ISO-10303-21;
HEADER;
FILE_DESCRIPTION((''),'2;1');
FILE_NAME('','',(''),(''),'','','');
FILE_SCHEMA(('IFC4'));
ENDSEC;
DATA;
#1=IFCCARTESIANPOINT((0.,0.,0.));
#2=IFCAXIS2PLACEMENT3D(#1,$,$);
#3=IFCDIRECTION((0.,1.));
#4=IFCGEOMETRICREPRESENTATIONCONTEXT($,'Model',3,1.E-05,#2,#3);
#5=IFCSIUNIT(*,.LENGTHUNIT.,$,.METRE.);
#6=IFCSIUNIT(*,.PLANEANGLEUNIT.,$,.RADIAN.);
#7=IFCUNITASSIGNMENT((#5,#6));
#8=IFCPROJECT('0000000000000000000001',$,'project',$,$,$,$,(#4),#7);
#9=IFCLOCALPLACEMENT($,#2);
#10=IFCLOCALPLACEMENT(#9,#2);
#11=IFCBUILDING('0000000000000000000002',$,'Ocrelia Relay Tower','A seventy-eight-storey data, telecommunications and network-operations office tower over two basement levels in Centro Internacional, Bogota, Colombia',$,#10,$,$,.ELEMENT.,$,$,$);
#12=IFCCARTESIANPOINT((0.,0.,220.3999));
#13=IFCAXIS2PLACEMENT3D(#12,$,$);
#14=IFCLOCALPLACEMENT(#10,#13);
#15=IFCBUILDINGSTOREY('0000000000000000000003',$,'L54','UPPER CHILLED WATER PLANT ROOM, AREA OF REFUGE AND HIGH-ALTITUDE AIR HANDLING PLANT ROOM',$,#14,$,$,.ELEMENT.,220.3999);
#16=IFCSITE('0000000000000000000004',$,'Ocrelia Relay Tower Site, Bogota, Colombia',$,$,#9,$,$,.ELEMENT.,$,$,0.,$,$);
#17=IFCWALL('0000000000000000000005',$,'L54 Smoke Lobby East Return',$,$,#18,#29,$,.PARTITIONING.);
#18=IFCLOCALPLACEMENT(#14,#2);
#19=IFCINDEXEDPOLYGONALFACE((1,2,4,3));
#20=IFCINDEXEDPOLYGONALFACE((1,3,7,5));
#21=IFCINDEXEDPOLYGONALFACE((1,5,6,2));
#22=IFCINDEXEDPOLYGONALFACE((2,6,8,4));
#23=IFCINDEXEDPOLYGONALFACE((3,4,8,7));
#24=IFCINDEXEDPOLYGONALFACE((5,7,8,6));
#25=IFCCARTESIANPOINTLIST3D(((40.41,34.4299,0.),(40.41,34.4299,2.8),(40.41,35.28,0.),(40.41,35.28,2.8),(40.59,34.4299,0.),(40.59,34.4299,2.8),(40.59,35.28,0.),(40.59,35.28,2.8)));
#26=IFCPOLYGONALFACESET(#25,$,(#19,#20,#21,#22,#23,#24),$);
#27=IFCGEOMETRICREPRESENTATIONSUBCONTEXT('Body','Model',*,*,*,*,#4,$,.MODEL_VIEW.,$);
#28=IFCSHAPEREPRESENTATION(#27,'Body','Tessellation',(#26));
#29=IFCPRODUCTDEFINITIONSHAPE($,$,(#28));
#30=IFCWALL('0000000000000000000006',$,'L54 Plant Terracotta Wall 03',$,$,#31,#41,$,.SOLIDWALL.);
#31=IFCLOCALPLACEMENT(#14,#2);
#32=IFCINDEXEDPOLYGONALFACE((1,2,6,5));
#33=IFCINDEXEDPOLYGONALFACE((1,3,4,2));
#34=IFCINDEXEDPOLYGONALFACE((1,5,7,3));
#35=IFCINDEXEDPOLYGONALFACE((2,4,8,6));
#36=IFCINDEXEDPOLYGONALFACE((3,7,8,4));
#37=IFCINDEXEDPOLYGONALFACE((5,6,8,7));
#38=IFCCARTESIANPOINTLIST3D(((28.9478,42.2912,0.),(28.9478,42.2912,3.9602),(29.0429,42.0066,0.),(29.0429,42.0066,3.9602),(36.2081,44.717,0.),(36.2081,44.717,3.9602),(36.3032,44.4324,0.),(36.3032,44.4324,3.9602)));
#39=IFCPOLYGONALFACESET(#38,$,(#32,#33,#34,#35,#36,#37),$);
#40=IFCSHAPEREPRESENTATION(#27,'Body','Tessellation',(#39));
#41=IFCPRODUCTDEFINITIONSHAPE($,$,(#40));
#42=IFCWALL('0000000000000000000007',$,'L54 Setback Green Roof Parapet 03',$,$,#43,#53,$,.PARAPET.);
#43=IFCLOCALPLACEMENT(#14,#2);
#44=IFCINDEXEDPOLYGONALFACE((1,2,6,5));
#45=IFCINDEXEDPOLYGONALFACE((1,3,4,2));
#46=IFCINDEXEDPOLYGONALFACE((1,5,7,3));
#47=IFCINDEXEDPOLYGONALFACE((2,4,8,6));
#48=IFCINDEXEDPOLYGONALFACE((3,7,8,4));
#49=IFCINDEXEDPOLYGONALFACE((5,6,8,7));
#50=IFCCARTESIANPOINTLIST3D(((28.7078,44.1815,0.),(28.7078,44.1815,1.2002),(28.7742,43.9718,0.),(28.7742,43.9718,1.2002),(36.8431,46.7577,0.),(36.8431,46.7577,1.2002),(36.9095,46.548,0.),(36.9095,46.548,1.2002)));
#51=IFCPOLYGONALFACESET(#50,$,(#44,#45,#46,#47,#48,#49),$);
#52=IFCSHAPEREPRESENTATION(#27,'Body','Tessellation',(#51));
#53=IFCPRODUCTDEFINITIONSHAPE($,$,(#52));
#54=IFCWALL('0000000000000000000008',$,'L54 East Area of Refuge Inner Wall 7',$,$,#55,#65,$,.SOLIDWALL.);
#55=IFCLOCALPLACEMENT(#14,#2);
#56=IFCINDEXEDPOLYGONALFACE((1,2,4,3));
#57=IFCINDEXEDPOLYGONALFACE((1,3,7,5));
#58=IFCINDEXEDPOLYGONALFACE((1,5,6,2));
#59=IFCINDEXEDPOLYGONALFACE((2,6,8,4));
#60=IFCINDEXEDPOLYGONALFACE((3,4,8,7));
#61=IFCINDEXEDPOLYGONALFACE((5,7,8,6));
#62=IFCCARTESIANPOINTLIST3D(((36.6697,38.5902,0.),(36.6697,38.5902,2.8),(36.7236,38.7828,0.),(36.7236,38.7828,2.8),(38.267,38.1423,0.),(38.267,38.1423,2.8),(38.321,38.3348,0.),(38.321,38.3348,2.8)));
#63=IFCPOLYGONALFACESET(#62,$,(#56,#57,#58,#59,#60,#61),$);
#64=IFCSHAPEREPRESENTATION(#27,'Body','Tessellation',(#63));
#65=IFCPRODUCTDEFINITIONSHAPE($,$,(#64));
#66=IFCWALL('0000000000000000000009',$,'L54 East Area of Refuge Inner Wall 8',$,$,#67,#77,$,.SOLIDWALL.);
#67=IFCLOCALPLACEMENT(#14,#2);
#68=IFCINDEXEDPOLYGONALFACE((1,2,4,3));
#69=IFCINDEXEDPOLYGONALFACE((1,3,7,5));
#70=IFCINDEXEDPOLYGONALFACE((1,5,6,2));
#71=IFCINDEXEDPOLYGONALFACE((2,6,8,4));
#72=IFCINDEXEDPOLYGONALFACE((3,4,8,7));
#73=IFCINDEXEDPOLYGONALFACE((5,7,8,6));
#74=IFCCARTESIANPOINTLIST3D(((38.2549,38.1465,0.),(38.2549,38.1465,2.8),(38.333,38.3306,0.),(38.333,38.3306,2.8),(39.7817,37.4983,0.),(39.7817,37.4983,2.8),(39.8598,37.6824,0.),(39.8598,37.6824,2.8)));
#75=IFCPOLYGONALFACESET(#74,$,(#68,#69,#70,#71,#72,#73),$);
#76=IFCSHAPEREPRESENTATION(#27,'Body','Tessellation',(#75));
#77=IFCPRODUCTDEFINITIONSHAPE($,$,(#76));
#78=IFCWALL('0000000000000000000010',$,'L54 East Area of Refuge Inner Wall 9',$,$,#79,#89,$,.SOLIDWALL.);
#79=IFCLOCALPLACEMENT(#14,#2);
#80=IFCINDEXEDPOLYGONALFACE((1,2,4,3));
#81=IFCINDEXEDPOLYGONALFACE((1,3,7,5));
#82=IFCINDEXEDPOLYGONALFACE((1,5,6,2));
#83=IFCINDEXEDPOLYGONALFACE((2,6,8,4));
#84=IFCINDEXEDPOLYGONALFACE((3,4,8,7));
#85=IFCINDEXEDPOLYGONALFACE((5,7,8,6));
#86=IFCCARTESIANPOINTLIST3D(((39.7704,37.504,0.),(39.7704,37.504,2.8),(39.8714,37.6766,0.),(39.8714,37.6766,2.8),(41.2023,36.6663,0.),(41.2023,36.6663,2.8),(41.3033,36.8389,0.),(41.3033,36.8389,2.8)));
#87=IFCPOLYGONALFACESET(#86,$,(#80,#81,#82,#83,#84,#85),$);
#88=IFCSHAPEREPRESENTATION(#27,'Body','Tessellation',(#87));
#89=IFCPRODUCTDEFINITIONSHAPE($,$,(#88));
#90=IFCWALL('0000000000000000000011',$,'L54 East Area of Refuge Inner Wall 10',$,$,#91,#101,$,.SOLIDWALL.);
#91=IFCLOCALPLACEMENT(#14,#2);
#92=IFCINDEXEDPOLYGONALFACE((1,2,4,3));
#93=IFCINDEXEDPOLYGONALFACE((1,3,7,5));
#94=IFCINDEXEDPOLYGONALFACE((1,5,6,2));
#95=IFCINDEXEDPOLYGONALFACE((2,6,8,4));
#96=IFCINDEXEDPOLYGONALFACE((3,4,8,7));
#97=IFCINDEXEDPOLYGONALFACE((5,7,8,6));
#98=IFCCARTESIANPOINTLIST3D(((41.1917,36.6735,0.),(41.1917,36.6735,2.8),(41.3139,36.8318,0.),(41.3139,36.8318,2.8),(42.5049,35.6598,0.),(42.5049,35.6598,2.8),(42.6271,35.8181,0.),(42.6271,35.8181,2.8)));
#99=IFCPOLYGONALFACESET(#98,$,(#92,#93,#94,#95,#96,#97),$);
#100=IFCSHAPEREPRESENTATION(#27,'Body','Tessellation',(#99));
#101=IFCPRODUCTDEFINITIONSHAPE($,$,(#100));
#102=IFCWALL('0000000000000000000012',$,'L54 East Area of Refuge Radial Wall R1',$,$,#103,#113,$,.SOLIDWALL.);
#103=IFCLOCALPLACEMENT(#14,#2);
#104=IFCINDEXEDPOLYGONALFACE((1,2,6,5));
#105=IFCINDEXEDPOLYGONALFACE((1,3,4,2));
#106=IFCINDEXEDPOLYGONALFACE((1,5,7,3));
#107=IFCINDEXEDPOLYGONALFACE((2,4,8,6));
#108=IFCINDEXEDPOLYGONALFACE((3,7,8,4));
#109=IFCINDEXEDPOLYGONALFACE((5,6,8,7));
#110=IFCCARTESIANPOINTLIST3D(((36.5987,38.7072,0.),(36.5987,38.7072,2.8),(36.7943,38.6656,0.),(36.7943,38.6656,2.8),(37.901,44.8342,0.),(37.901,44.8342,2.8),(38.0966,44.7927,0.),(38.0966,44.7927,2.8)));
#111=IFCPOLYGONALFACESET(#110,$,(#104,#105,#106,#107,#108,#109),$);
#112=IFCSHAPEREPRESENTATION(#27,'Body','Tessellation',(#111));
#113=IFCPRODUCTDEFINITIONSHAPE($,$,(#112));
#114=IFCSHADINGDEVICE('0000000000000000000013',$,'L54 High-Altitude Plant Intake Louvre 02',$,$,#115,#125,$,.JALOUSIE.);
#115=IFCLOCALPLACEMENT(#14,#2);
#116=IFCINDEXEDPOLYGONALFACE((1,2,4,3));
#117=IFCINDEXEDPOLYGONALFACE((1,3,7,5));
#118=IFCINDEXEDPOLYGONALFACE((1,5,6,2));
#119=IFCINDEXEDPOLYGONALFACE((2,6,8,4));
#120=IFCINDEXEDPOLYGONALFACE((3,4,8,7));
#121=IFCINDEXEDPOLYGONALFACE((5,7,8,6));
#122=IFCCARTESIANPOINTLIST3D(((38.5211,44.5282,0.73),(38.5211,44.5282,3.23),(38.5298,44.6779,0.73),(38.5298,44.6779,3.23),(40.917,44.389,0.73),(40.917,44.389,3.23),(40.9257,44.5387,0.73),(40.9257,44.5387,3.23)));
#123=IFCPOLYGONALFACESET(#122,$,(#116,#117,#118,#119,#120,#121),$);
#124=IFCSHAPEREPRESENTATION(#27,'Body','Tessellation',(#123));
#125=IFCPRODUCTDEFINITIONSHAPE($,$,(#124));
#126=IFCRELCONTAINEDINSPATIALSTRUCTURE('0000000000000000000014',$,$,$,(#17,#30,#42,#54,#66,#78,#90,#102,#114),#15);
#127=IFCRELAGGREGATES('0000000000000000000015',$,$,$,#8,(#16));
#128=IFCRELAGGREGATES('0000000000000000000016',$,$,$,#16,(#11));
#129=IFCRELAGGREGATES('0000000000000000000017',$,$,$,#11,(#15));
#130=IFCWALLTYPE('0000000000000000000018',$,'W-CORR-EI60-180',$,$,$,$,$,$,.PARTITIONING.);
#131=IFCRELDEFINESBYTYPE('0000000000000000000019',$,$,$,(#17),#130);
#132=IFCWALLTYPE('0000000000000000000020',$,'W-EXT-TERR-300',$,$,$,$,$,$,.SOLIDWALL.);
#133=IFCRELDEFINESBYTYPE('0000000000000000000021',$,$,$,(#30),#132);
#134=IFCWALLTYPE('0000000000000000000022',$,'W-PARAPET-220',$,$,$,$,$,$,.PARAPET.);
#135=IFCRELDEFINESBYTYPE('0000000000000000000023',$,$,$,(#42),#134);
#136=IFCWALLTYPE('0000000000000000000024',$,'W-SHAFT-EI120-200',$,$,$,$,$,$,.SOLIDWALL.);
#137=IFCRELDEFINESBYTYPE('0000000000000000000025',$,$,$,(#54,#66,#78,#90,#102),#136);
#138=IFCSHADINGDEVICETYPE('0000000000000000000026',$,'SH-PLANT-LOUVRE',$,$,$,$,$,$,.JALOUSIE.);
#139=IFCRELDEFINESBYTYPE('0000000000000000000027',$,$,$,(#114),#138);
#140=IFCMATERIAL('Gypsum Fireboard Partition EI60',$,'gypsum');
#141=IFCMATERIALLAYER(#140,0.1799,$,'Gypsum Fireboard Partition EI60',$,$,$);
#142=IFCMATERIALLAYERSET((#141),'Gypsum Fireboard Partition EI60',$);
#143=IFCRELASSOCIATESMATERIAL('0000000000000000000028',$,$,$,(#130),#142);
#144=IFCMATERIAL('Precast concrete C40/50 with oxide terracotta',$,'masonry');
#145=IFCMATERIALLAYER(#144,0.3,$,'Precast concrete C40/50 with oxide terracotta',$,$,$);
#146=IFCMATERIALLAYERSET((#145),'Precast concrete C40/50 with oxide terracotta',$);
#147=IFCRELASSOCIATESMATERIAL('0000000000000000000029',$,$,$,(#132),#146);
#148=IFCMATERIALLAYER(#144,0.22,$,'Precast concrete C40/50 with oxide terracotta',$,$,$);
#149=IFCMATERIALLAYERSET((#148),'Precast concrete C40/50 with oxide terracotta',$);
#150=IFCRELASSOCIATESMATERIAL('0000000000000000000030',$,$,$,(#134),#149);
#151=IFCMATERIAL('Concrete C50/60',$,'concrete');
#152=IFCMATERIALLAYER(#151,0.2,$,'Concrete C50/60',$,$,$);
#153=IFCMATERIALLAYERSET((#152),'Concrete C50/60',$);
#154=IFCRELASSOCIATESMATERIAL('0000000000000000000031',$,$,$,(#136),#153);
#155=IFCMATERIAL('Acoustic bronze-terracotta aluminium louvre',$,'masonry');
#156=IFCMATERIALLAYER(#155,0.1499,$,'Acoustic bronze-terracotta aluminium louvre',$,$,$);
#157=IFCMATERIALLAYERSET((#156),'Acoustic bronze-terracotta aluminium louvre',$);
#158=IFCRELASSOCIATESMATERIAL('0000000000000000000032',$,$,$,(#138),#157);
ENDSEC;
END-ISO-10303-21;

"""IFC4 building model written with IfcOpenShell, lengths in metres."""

from ifc_helpers import new_model, si_unit, direction, frame, frame_2d, origin, origin_2d, place, context, subcontext, project, spatial, rectangle, extrude, material, layer, layer_set, type_object, element, save


model = new_model("IFC4")

# Units and contexts
model_context = context("Model", 3, precision=1e-05, world=origin(), true_north=direction((0.0, 1.0)))
body_context = subcontext(model_context, "Body", "Model", "MODEL_VIEW")
ifc_project = project(units=[si_unit("LENGTHUNIT", "METRE"), si_unit("PLANEANGLEUNIT", "RADIAN")], contexts=[model_context])

# Site, building, storey
site_placement = place(None, origin())
site = spatial("IfcSite", under=ifc_project, at=site_placement, Name="Ocrelia Relay Tower Site, Bogota, Colombia", CompositionType="ELEMENT", RefElevation=0.0)
building_placement = place(site_placement, origin())
building = spatial("IfcBuilding", under=site, at=building_placement, Name="Ocrelia Relay Tower", Description="A seventy-eight-storey data, telecommunications and network-operations office tower over two basement levels in Centro Internacional, Bogota, Colombia", CompositionType="ELEMENT")
storey_placement = place(building_placement, frame((0.0, 0.0, 220.3999)))
storey = spatial("IfcBuildingStorey", under=building, at=storey_placement, Name="L54", Description="UPPER CHILLED WATER PLANT ROOM, AREA OF REFUGE AND HIGH-ALTITUDE AIR HANDLING PLANT ROOM", CompositionType="ELEMENT", Elevation=220.3999)

# Wall
ifc_material_1 = material(Name="Gypsum Fireboard Partition EI60", Category="gypsum")
ifc_layer_1 = layer(ifc_material_1, 0.1799, Name="Gypsum Fireboard Partition EI60")
ifc_layer_set_1 = layer_set([ifc_layer_1], Name="Gypsum Fireboard Partition EI60")
wall_type_1 = type_object("IfcWallType", Name="W-CORR-EI60-180", PredefinedType="PARTITIONING", material=ifc_layer_set_1)
wall_1_placement = place(storey_placement, frame((40.5, 35.28, 0.0), z_axis=(0.0, 0.0, 1.0), x_axis=(0.0, -1.0, 0.0)))
element("IfcWall", 1, at=wall_1_placement, inside=storey, type_object=wall_type_1, Name="L54 Smoke Lobby East Return", PredefinedType="PARTITIONING", context=body_context, shape_type="SweptSolid", body=[
    extrude(rectangle(XDim=0.8501, YDim=0.1799, at=frame_2d((0.425, 0.0))), origin(), (0.0, 0.0, 1.0), 2.8),
])

# Walls
ifc_material_2 = material(Name="Precast concrete C40/50 with oxide terracotta", Category="masonry")
ifc_layer_2 = layer(ifc_material_2, 0.3, Name="Precast concrete C40/50 with oxide terracotta")
ifc_layer_set_2 = layer_set([ifc_layer_2], Name="Precast concrete C40/50 with oxide terracotta")
wall_type_2 = type_object("IfcWallType", Name="W-EXT-TERR-300", PredefinedType="SOLIDWALL", material=ifc_layer_set_2)
wall_2_placement = place(storey_placement, frame((36.2556, 44.5747, 0.0), z_axis=(0.0, 0.0, 1.0), x_axis=(-0.94846, -0.316897, 0.0)))
element("IfcWall", 2, at=wall_2_placement, inside=storey, type_object=wall_type_2, Name="L54 Plant Terracotta Wall 03", PredefinedType="SOLIDWALL", context=body_context, shape_type="SweptSolid", body=[
    extrude(rectangle(XDim=7.6548, YDim=0.3, at=frame_2d((3.8274, 0.0))), origin(), (0.0, 0.0, 1.0), 3.9602),
])
ifc_layer_3 = layer(ifc_material_2, 0.22, Name="Precast concrete C40/50 with oxide terracotta")
ifc_layer_set_3 = layer_set([ifc_layer_3], Name="Precast concrete C40/50 with oxide terracotta")
wall_type_3 = type_object("IfcWallType", Name="W-PARAPET-220", PredefinedType="PARAPET", material=ifc_layer_set_3)
wall_3_placement = place(storey_placement, frame((36.8762, 46.6528, 0.0), z_axis=(0.0, 0.0, 1.0), x_axis=(-0.953342, -0.301893, 0.0)))
element("IfcWall", 3, at=wall_3_placement, inside=storey, type_object=wall_type_3, Name="L54 Setback Green Roof Parapet 03", PredefinedType="PARAPET", context=body_context, shape_type="SweptSolid", body=[
    extrude(rectangle(XDim=8.5334, YDim=0.22, at=frame_2d((4.2666, 0.0))), origin(), (0.0, 0.0, 1.0), 1.2002),
])
ifc_material_3 = material(Name="Concrete C50/60", Category="concrete")
ifc_layer_4 = layer(ifc_material_3, 0.2, Name="Concrete C50/60")
ifc_layer_set_4 = layer_set([ifc_layer_4], Name="Concrete C50/60")
wall_type_4 = type_object("IfcWallType", Name="W-SHAFT-EI120-200", PredefinedType="SOLIDWALL", material=ifc_layer_set_4)
wall_4_placement = place(storey_placement, frame((36.6965, 38.6865, 0.0), z_axis=(0.0, 0.0, 1.0), x_axis=(0.962851, -0.270034, 0.0)))
element("IfcWall", 4, at=wall_4_placement, inside=storey, type_object=wall_type_4, Name="L54 East Area of Refuge Inner Wall 7", PredefinedType="SOLIDWALL", context=body_context, shape_type="SweptSolid", body=[
    extrude(rectangle(XDim=1.6589, YDim=0.2, at=frame_2d((0.8296, 0.0))), origin(), (0.0, 0.0, 1.0), 2.8),
])
wall_5_placement = place(storey_placement, frame((38.2939, 38.2385, 0.0), z_axis=(0.0, 0.0, 1.0), x_axis=(0.920487, -0.390773, 0.0)))
element("IfcWall", 5, at=wall_5_placement, inside=storey, type_object=wall_type_4, Name="L54 East Area of Refuge Inner Wall 8", PredefinedType="SOLIDWALL", context=body_context, shape_type="SweptSolid", body=[
    extrude(rectangle(XDim=1.6587, YDim=0.2, at=frame_2d((0.8293, 0.0))), origin(), (0.0, 0.0, 1.0), 2.8),
])
for number, where, z_axis, x_axis, name in (
    (6, (39.8208, 37.5903, 0.0), (0.0, 0.0, 1.0), (0.863154, -0.504941, 0.0), "L54 East Area of Refuge Inner Wall 9"),
    (7, (41.2527, 36.7527, 0.0), (0.0, 0.0, 1.0), (0.791605, -0.611033, 0.0), "L54 East Area of Refuge Inner Wall 10"),
):
    element("IfcWall", number, at=place(storey_placement, frame(where, z_axis=z_axis, x_axis=x_axis)), inside=storey, type_object=wall_type_4, Name=name, PredefinedType="SOLIDWALL", context=body_context, shape_type="SweptSolid", body=[
        extrude(rectangle(XDim=1.6589, YDim=0.2, at=frame_2d((0.8296, 0.0))), origin(), (0.0, 0.0, 1.0), 2.8),
    ])
wall_6_placement = place(storey_placement, frame((36.6965, 38.6865, 0.0), z_axis=(0.0, 0.0, 1.0), x_axis=(0.2079, 0.97815, 0.0)))
element("IfcWall", 8, at=wall_6_placement, inside=storey, type_object=wall_type_4, Name="L54 East Area of Refuge Radial Wall R1", PredefinedType="SOLIDWALL", context=body_context, shape_type="SweptSolid", body=[
    extrude(rectangle(XDim=6.2639, YDim=0.2, at=frame_2d((3.1318, 0.0))), origin(), (0.0, 0.0, 1.0), 2.8),
])

# Shading device
ifc_material_4 = material(Name="Acoustic bronze-terracotta aluminium louvre", Category="masonry")
ifc_layer_5 = layer(ifc_material_4, 0.1499, Name="Acoustic bronze-terracotta aluminium louvre")
ifc_layer_set_5 = layer_set([ifc_layer_5], Name="Acoustic bronze-terracotta aluminium louvre")
shading_device_type = type_object("IfcShadingDeviceType", Name="SH-PLANT-LOUVRE", PredefinedType="JALOUSIE", material=ifc_layer_set_5)
shading_device_placement = place(storey_placement, frame((39.7234, 44.5334, 0.73), z_axis=(0.0, 0.0, 1.0), x_axis=(-0.998315, 0.058021, 0.0)))
element("IfcShadingDevice", 9, at=shading_device_placement, inside=storey, type_object=shading_device_type, Name="L54 High-Altitude Plant Intake Louvre 02", PredefinedType="JALOUSIE", context=body_context, shape_type="SweptSolid", body=[
    extrude(rectangle(XDim=2.3999, YDim=0.1499, at=origin_2d()), origin(), (0.0, 0.0, 1.0), 2.5),
])

save(model, "model.ifc")
